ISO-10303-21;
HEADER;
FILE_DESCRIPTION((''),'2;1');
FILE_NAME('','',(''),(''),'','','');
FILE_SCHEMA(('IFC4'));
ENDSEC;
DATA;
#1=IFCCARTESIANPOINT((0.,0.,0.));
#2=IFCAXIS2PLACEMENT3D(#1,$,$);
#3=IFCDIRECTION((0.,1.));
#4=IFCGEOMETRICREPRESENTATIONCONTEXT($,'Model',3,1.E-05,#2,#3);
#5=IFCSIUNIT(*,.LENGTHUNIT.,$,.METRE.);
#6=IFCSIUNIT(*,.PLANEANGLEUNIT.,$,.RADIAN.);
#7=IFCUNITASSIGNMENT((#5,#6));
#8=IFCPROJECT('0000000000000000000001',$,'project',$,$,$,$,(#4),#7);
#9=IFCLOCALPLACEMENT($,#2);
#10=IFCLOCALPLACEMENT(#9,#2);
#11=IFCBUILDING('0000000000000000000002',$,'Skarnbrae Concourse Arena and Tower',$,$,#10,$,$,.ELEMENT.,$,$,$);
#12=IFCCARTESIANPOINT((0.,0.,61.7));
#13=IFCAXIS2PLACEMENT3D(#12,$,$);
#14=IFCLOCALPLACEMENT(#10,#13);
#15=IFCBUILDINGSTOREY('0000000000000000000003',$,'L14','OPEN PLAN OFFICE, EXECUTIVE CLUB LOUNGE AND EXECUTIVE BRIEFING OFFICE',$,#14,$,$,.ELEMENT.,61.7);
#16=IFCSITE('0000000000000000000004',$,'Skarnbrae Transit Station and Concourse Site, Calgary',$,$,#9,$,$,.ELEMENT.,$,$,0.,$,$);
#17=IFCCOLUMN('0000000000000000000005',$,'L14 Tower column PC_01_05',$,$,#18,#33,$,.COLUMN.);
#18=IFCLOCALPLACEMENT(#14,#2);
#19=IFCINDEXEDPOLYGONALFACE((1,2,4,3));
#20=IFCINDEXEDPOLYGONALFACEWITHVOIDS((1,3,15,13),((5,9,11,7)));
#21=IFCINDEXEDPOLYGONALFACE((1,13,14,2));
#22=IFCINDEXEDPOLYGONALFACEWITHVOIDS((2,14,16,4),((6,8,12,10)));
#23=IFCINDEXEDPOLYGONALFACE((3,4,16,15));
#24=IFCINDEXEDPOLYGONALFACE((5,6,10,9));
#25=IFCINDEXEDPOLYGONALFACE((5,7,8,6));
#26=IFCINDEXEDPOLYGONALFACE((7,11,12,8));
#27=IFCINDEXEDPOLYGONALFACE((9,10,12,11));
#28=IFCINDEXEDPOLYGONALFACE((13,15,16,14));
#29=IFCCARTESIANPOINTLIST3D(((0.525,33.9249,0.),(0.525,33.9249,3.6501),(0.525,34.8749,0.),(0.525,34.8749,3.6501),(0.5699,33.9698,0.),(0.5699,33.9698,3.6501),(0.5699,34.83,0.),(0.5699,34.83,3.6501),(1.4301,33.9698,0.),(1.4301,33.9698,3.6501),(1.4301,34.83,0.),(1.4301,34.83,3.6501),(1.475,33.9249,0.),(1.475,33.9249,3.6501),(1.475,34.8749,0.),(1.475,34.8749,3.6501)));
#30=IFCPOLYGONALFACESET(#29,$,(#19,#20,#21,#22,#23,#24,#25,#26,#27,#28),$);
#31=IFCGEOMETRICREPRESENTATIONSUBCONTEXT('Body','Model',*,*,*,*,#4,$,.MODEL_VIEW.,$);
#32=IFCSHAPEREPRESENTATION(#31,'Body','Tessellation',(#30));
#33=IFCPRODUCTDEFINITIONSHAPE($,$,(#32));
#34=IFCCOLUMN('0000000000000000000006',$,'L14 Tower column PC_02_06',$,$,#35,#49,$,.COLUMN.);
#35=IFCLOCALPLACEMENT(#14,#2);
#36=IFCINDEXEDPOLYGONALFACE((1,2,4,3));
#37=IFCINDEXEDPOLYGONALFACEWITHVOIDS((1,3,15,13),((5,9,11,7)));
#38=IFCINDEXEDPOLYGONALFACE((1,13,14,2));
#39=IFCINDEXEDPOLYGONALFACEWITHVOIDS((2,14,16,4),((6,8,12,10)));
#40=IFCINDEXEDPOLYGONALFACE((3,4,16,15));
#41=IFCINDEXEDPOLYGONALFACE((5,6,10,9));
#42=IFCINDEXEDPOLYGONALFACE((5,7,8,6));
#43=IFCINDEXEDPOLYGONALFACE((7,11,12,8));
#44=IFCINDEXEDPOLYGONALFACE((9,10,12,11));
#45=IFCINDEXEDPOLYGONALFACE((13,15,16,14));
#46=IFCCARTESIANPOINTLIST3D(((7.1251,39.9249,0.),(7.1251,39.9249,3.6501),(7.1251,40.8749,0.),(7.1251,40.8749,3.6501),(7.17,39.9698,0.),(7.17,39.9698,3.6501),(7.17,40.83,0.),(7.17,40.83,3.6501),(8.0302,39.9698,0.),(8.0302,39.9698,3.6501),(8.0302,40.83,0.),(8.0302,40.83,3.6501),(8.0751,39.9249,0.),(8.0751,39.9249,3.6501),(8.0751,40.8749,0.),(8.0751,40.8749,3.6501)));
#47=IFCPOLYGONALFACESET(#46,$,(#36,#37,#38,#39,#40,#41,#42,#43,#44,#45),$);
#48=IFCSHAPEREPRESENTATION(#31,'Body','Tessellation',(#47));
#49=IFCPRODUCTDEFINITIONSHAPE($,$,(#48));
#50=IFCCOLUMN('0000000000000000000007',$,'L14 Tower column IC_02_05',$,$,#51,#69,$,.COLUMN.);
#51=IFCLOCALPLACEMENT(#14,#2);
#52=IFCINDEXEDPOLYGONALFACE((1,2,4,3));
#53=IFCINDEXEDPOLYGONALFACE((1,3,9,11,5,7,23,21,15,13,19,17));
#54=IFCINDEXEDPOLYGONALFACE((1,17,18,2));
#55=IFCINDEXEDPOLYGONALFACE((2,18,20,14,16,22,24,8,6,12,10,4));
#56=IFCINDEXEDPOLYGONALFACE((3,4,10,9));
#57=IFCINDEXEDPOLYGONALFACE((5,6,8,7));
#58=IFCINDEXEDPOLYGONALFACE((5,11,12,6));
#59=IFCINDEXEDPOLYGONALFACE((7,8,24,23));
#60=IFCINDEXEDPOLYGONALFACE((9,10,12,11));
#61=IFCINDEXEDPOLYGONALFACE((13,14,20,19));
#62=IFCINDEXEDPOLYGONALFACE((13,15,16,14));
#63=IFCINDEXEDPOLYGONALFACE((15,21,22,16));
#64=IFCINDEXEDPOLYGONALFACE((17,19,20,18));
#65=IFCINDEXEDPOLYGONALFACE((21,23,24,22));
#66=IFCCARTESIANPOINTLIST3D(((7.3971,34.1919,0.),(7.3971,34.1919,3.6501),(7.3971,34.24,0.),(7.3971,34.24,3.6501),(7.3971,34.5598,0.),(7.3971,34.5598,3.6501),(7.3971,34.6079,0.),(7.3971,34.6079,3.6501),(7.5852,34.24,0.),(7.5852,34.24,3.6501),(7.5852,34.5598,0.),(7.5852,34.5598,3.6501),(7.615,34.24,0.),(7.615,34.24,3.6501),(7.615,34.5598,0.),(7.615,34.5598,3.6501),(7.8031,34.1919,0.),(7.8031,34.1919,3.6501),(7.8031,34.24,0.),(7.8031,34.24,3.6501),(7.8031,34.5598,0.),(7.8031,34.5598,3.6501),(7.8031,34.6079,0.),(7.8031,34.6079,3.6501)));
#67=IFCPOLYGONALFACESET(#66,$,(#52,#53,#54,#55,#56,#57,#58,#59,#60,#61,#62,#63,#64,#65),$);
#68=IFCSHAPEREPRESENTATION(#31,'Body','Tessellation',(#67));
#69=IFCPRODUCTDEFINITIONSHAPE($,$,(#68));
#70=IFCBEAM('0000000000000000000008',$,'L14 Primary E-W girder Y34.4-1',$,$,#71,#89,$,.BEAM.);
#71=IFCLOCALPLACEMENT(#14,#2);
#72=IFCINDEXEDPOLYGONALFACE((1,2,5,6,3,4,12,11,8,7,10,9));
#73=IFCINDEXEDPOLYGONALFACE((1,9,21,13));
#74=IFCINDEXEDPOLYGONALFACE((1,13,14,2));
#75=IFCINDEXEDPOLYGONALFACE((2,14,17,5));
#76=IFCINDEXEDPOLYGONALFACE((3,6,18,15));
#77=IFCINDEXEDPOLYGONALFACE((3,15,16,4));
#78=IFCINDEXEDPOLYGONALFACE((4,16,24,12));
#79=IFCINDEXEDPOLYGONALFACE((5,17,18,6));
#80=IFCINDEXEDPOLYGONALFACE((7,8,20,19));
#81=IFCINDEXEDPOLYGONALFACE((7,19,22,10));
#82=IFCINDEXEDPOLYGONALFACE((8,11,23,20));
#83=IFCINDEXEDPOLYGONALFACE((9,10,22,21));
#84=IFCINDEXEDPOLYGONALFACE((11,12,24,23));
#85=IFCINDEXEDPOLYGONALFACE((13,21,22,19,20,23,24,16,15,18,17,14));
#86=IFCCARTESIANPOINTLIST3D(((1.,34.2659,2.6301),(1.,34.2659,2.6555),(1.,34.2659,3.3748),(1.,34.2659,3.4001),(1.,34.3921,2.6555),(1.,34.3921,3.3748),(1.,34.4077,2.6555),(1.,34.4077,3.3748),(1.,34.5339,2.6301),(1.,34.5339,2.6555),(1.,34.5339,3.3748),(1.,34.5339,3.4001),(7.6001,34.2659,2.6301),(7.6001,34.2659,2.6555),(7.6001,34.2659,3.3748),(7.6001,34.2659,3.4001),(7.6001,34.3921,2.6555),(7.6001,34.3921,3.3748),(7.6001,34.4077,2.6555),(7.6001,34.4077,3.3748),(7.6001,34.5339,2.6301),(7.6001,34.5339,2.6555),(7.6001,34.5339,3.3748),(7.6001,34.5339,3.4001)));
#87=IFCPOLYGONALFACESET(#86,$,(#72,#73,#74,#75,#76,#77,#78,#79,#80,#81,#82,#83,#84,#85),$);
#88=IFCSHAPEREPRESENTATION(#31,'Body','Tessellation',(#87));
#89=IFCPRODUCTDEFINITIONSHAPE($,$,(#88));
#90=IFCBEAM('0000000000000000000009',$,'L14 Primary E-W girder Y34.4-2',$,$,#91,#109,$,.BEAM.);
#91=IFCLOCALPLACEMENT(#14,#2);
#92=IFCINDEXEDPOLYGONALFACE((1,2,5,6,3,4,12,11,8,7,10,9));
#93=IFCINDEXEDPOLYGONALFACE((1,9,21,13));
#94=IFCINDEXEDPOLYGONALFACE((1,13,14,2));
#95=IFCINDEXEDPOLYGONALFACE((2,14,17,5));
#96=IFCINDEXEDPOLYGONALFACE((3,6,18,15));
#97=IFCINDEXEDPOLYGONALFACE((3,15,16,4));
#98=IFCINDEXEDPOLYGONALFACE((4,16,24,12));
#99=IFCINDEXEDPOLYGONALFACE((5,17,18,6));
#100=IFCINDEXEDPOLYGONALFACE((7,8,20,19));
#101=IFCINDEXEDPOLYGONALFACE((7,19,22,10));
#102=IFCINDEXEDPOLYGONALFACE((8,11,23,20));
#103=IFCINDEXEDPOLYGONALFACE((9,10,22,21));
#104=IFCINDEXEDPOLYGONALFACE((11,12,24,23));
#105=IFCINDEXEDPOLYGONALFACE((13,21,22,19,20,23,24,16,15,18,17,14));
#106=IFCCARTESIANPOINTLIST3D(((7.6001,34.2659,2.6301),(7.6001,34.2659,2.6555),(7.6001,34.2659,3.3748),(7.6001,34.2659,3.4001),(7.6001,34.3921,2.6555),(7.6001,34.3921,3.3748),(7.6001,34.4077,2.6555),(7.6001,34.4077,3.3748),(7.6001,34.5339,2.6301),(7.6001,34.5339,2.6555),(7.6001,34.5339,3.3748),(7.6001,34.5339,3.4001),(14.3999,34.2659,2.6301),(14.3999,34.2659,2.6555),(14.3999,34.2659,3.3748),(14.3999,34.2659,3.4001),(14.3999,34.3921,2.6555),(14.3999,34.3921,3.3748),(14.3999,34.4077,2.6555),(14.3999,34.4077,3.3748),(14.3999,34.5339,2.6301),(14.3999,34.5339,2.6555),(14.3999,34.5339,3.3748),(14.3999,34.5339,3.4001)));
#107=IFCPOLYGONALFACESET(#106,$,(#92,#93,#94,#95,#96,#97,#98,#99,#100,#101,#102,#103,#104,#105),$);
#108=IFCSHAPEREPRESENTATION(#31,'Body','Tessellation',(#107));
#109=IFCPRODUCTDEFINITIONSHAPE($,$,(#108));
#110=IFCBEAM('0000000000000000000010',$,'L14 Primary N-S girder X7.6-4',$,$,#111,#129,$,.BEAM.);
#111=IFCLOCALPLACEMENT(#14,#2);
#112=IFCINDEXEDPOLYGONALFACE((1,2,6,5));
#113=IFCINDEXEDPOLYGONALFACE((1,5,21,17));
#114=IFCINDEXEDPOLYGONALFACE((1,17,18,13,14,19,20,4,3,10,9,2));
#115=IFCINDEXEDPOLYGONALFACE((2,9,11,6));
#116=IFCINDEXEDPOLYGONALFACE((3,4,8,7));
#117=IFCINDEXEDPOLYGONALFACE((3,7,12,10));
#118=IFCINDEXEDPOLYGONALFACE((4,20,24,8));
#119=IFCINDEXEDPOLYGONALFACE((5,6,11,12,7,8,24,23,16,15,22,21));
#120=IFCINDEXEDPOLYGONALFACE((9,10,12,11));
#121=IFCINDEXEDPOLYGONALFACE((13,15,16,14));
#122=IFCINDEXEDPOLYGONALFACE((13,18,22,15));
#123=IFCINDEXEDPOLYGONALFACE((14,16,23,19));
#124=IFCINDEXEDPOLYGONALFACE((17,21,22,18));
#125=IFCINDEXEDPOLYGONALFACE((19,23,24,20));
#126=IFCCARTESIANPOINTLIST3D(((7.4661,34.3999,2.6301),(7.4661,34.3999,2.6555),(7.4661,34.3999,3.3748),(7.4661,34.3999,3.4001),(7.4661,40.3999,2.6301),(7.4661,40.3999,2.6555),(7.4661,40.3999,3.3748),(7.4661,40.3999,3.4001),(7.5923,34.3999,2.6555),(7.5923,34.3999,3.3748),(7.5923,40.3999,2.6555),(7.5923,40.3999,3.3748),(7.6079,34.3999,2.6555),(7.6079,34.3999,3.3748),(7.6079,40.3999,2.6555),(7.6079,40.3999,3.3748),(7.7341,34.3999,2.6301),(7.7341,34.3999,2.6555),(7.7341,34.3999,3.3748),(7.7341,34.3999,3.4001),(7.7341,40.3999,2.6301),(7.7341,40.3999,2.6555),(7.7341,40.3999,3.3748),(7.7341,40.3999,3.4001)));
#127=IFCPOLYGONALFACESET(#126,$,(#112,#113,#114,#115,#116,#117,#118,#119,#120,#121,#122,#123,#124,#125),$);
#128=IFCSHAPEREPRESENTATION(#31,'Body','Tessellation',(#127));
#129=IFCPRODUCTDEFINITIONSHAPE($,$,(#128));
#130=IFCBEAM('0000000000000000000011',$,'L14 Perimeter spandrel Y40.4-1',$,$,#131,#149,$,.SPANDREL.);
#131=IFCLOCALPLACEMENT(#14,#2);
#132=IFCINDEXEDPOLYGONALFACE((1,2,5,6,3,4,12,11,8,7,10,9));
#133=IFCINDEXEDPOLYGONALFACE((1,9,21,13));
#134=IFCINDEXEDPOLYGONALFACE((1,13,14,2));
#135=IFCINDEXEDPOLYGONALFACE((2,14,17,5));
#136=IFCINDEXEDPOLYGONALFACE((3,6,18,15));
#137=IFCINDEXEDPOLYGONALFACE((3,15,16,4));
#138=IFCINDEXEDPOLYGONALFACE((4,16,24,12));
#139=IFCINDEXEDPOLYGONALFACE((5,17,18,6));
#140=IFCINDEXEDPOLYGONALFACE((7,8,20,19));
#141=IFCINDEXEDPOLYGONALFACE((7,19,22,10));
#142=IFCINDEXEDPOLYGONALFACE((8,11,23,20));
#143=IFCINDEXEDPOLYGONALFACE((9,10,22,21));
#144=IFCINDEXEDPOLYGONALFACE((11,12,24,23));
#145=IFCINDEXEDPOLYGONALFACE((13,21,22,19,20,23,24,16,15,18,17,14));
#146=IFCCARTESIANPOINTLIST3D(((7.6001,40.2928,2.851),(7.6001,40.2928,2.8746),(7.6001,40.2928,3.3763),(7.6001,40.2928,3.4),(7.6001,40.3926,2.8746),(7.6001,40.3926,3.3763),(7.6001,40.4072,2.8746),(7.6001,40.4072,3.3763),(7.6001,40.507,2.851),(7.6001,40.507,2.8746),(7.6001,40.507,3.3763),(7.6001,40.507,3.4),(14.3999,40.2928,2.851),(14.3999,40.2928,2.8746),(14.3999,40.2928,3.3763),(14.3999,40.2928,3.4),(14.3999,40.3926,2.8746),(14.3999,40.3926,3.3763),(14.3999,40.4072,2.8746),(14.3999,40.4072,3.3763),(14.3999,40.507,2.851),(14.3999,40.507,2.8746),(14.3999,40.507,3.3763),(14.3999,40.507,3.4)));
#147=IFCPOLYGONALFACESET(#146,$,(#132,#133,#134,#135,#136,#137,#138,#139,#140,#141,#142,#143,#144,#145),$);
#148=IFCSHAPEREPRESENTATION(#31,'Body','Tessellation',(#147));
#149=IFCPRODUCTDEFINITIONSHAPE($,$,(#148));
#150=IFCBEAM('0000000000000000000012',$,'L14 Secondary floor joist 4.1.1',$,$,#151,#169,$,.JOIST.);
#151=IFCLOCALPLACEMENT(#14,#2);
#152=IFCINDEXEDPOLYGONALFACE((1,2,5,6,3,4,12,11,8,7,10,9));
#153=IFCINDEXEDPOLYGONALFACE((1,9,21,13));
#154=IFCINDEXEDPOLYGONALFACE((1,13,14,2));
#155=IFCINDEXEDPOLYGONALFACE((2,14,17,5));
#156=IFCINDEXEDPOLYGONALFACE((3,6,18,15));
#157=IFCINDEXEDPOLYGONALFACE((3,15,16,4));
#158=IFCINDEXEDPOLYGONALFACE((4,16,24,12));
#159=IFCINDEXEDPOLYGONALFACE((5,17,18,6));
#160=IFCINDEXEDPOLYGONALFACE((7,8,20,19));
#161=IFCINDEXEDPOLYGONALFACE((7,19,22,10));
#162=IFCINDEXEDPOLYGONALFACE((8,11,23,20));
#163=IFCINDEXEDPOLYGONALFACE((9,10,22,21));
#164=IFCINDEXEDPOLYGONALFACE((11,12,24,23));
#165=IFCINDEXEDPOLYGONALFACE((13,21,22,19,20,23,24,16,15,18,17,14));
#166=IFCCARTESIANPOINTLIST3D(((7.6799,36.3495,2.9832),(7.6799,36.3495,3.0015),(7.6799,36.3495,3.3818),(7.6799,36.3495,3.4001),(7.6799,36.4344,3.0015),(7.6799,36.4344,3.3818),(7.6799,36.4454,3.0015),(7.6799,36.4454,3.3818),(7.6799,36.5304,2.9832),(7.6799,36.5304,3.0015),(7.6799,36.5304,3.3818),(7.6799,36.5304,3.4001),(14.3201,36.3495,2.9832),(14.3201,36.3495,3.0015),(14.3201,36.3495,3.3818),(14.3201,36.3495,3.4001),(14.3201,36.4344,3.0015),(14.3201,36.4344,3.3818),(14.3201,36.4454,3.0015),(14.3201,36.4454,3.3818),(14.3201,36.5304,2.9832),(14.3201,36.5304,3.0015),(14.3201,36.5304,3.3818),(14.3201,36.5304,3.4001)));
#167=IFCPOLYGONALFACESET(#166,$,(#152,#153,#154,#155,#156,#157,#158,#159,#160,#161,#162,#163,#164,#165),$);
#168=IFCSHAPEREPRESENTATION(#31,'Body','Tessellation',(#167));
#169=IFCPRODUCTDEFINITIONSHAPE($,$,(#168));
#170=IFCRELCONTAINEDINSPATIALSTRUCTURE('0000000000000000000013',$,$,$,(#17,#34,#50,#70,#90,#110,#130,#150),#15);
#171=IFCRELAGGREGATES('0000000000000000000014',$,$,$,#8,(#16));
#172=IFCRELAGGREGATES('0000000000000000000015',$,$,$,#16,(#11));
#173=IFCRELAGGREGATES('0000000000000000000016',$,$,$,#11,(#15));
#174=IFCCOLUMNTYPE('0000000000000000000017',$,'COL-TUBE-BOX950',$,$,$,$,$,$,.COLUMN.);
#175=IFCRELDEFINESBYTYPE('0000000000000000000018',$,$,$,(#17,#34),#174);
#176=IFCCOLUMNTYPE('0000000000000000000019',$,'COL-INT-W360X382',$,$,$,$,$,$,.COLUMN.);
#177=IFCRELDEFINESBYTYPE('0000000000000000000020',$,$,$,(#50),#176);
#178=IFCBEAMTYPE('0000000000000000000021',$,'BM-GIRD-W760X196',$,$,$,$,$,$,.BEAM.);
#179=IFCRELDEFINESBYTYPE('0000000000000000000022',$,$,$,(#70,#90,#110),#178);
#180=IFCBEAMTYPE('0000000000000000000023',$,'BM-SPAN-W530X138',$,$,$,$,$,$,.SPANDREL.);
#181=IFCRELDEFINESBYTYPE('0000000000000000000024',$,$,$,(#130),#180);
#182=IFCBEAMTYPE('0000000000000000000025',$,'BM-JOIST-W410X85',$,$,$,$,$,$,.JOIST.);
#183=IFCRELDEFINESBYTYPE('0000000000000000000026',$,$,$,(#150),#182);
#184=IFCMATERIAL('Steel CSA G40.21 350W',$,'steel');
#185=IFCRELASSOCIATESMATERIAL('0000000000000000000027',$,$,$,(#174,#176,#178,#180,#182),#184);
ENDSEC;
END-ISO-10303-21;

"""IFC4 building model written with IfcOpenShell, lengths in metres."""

from ifc_helpers import new_model, si_unit, direction, frame, origin, origin_2d, place, context, subcontext, project, spatial, hollow_rectangle, i_section, extrude, source, transform, mapped, material, material_profile, profile_set, type_object, element, save


model = new_model("IFC4")

# Units and contexts
model_context = context("Model", 3, precision=1e-05, world=origin(), true_north=direction((0.0, 1.0)))
body_context = subcontext(model_context, "Body", "Model", "MODEL_VIEW")
ifc_project = project(units=[si_unit("LENGTHUNIT", "METRE"), si_unit("PLANEANGLEUNIT", "RADIAN")], contexts=[model_context])

# Site, building, storey
site_placement = place(None, origin())
site = spatial("IfcSite", under=ifc_project, at=site_placement, Name="Skarnbrae Transit Station and Concourse Site, Calgary", CompositionType="ELEMENT", RefElevation=0.0)
building_placement = place(site_placement, origin())
building = spatial("IfcBuilding", under=site, at=building_placement, Name="Skarnbrae Concourse Arena and Tower", CompositionType="ELEMENT")
storey_placement = place(building_placement, frame((0.0, 0.0, 61.7)))
storey = spatial("IfcBuildingStorey", under=building, at=storey_placement, Name="L14", Description="OPEN PLAN OFFICE, EXECUTIVE CLUB LOUNGE AND EXECUTIVE BRIEFING OFFICE", CompositionType="ELEMENT", Elevation=61.7)

# Columns
ifc_material_1 = material(Name="Steel CSA G40.21 350W", Category="steel")
ifc_material_profile_1 = material_profile(ifc_material_1, hollow_rectangle(XDim=0.95, YDim=0.95, WallThickness=0.0449, at=origin_2d()), Name="BOX950X950X45")
ifc_profile_set_1 = profile_set([ifc_material_profile_1], Name="Steel CSA G40.21 350W")
column_type_1 = type_object("IfcColumnType", Name="COL-TUBE-BOX950", PredefinedType="COLUMN", material=ifc_profile_set_1)
shared_shape_1 = source(origin(), body_context, "Body", "SweptSolid", [
    extrude(hollow_rectangle(XDim=0.95, YDim=0.95, WallThickness=0.0449, at=origin_2d()), origin(), (0.0, 0.0, 1.0), 3.6501),
])
for number, where, z_axis, x_axis, name in (
    (1, (1.0, 34.3999, 0.0), (0.0, 0.0, 1.0), (1.0, 0.0, 0.0), "L14 Tower column PC_01_05"),
    (2, (7.6001, 40.3999, 0.0), (0.0, 0.0, 1.0), (1.0, 0.0, 0.0), "L14 Tower column PC_02_06"),
):
    element("IfcColumn", number, at=place(storey_placement, frame(where, z_axis=z_axis, x_axis=x_axis)), inside=storey, type_object=column_type_1, Name=name, PredefinedType="COLUMN", context=body_context, shape_type="MappedRepresentation", body=[
        mapped(shared_shape_1, transform((0.0, 0.0, 0.0))),
    ])
ifc_material_profile_2 = material_profile(ifc_material_1, i_section(OverallWidth=0.406, OverallDepth=0.416, WebThickness=0.0298, FlangeThickness=0.0481, at=origin_2d()), Name="W360X382")
ifc_profile_set_2 = profile_set([ifc_material_profile_2], Name="Steel CSA G40.21 350W")
column_type_2 = type_object("IfcColumnType", Name="COL-INT-W360X382", PredefinedType="COLUMN", material=ifc_profile_set_2)
shared_shape_2 = source(origin(), body_context, "Body", "SweptSolid", [
    extrude(i_section(OverallWidth=0.406, OverallDepth=0.416, WebThickness=0.0298, FlangeThickness=0.0481, at=origin_2d()), origin(), (0.0, 0.0, 1.0), 3.6501),
])
column_placement = place(storey_placement, frame((7.6001, 34.3999, 0.0), z_axis=(0.0, 0.0, 1.0), x_axis=(1.0, 0.0, 0.0)))
element("IfcColumn", 3, at=column_placement, inside=storey, type_object=column_type_2, Name="L14 Tower column IC_02_05", PredefinedType="COLUMN", context=body_context, shape_type="MappedRepresentation", body=[
    mapped(shared_shape_2, transform((0.0, 0.0, 0.0))),
])

# Beams
ifc_material_profile_3 = material_profile(ifc_material_1, i_section(OverallWidth=0.2681, OverallDepth=0.77, WebThickness=0.0156, FlangeThickness=0.0254, at=origin_2d()), Name="W760X196")
ifc_profile_set_3 = profile_set([ifc_material_profile_3], Name="Steel CSA G40.21 350W")
beam_type_1 = type_object("IfcBeamType", Name="BM-GIRD-W760X196", PredefinedType="BEAM", material=ifc_profile_set_3)
shared_shape_3 = source(origin(), body_context, "Body", "SweptSolid", [
    extrude(i_section(OverallWidth=0.2681, OverallDepth=0.77, WebThickness=0.0156, FlangeThickness=0.0254, at=origin_2d()), origin(), (0.0, 0.0, 1.0), 6.6001),
])
beam_1_placement = place(storey_placement, frame((1.0, 34.3999, 3.0151), z_axis=(1.0, 0.0, 0.0), x_axis=(0.0, 1.0, 0.0)))
element("IfcBeam", 4, at=beam_1_placement, inside=storey, type_object=beam_type_1, Name="L14 Primary E-W girder Y34.4-1", PredefinedType="BEAM", context=body_context, shape_type="MappedRepresentation", body=[
    mapped(shared_shape_3, transform((0.0, 0.0, 0.0))),
])
shared_shape_4 = source(origin(), body_context, "Body", "SweptSolid", [
    extrude(i_section(OverallWidth=0.2681, OverallDepth=0.77, WebThickness=0.0156, FlangeThickness=0.0254, at=origin_2d()), origin(), (0.0, 0.0, 1.0), 6.7998),
])
beam_2_placement = place(storey_placement, frame((7.6001, 34.3999, 3.0151), z_axis=(1.0, 0.0, 0.0), x_axis=(0.0, 1.0, 0.0)))
element("IfcBeam", 5, at=beam_2_placement, inside=storey, type_object=beam_type_1, Name="L14 Primary E-W girder Y34.4-2", PredefinedType="BEAM", context=body_context, shape_type="MappedRepresentation", body=[
    mapped(shared_shape_4, transform((0.0, 0.0, 0.0))),
])
shared_shape_5 = source(origin(), body_context, "Body", "SweptSolid", [
    extrude(i_section(OverallWidth=0.2681, OverallDepth=0.77, WebThickness=0.0156, FlangeThickness=0.0254, at=origin_2d()), origin(), (0.0, 0.0, 1.0), 6.0),
])
beam_3_placement = place(storey_placement, frame((7.6001, 34.3999, 3.0151), z_axis=(0.0, 1.0, 0.0), x_axis=(-1.0, 0.0, 0.0)))
element("IfcBeam", 6, at=beam_3_placement, inside=storey, type_object=beam_type_1, Name="L14 Primary N-S girder X7.6-4", PredefinedType="BEAM", context=body_context, shape_type="MappedRepresentation", body=[
    mapped(shared_shape_5, transform((0.0, 0.0, 0.0))),
])
ifc_material_profile_4 = material_profile(ifc_material_1, i_section(OverallWidth=0.2141, OverallDepth=0.5491, WebThickness=0.0146, FlangeThickness=0.0237, at=origin_2d()), Name="W530X138")
ifc_profile_set_4 = profile_set([ifc_material_profile_4], Name="Steel CSA G40.21 350W")
beam_type_2 = type_object("IfcBeamType", Name="BM-SPAN-W530X138", PredefinedType="SPANDREL", material=ifc_profile_set_4)
shared_shape_6 = source(origin(), body_context, "Body", "SweptSolid", [
    extrude(i_section(OverallWidth=0.2141, OverallDepth=0.5491, WebThickness=0.0146, FlangeThickness=0.0237, at=origin_2d()), origin(), (0.0, 0.0, 1.0), 6.7998),
])
beam_4_placement = place(storey_placement, frame((7.6001, 40.3999, 3.1255), z_axis=(1.0, 0.0, 0.0), x_axis=(0.0, 1.0, 0.0)))
element("IfcBeam", 7, at=beam_4_placement, inside=storey, type_object=beam_type_2, Name="L14 Perimeter spandrel Y40.4-1", PredefinedType="SPANDREL", context=body_context, shape_type="MappedRepresentation", body=[
    mapped(shared_shape_6, transform((0.0, 0.0, 0.0))),
])
ifc_material_profile_5 = material_profile(ifc_material_1, i_section(OverallWidth=0.1809, OverallDepth=0.417, WebThickness=0.011, FlangeThickness=0.0183, at=origin_2d()), Name="W410X85")
ifc_profile_set_5 = profile_set([ifc_material_profile_5], Name="Steel CSA G40.21 350W")
beam_type_3 = type_object("IfcBeamType", Name="BM-JOIST-W410X85", PredefinedType="JOIST", material=ifc_profile_set_5)
shared_shape_7 = source(origin(), body_context, "Body", "SweptSolid", [
    extrude(i_section(OverallWidth=0.1809, OverallDepth=0.417, WebThickness=0.011, FlangeThickness=0.0183, at=origin_2d()), origin(), (0.0, 0.0, 1.0), 6.6401),
])
for number, where, z_axis, x_axis, name in (
    (8, (7.6799, 36.4399, 3.1917), (1.0, 0.0, 0.0), (0.0, 1.0, 0.0), "L14 Secondary floor joist 4.1.1"),
):
    element("IfcBeam", number, at=place(storey_placement, frame(where, z_axis=z_axis, x_axis=x_axis)), inside=storey, type_object=beam_type_3, Name=name, PredefinedType="JOIST", context=body_context, shape_type="MappedRepresentation", body=[
        mapped(shared_shape_7, transform((0.0, 0.0, 0.0))),
    ])

save(model, "model.ifc")
